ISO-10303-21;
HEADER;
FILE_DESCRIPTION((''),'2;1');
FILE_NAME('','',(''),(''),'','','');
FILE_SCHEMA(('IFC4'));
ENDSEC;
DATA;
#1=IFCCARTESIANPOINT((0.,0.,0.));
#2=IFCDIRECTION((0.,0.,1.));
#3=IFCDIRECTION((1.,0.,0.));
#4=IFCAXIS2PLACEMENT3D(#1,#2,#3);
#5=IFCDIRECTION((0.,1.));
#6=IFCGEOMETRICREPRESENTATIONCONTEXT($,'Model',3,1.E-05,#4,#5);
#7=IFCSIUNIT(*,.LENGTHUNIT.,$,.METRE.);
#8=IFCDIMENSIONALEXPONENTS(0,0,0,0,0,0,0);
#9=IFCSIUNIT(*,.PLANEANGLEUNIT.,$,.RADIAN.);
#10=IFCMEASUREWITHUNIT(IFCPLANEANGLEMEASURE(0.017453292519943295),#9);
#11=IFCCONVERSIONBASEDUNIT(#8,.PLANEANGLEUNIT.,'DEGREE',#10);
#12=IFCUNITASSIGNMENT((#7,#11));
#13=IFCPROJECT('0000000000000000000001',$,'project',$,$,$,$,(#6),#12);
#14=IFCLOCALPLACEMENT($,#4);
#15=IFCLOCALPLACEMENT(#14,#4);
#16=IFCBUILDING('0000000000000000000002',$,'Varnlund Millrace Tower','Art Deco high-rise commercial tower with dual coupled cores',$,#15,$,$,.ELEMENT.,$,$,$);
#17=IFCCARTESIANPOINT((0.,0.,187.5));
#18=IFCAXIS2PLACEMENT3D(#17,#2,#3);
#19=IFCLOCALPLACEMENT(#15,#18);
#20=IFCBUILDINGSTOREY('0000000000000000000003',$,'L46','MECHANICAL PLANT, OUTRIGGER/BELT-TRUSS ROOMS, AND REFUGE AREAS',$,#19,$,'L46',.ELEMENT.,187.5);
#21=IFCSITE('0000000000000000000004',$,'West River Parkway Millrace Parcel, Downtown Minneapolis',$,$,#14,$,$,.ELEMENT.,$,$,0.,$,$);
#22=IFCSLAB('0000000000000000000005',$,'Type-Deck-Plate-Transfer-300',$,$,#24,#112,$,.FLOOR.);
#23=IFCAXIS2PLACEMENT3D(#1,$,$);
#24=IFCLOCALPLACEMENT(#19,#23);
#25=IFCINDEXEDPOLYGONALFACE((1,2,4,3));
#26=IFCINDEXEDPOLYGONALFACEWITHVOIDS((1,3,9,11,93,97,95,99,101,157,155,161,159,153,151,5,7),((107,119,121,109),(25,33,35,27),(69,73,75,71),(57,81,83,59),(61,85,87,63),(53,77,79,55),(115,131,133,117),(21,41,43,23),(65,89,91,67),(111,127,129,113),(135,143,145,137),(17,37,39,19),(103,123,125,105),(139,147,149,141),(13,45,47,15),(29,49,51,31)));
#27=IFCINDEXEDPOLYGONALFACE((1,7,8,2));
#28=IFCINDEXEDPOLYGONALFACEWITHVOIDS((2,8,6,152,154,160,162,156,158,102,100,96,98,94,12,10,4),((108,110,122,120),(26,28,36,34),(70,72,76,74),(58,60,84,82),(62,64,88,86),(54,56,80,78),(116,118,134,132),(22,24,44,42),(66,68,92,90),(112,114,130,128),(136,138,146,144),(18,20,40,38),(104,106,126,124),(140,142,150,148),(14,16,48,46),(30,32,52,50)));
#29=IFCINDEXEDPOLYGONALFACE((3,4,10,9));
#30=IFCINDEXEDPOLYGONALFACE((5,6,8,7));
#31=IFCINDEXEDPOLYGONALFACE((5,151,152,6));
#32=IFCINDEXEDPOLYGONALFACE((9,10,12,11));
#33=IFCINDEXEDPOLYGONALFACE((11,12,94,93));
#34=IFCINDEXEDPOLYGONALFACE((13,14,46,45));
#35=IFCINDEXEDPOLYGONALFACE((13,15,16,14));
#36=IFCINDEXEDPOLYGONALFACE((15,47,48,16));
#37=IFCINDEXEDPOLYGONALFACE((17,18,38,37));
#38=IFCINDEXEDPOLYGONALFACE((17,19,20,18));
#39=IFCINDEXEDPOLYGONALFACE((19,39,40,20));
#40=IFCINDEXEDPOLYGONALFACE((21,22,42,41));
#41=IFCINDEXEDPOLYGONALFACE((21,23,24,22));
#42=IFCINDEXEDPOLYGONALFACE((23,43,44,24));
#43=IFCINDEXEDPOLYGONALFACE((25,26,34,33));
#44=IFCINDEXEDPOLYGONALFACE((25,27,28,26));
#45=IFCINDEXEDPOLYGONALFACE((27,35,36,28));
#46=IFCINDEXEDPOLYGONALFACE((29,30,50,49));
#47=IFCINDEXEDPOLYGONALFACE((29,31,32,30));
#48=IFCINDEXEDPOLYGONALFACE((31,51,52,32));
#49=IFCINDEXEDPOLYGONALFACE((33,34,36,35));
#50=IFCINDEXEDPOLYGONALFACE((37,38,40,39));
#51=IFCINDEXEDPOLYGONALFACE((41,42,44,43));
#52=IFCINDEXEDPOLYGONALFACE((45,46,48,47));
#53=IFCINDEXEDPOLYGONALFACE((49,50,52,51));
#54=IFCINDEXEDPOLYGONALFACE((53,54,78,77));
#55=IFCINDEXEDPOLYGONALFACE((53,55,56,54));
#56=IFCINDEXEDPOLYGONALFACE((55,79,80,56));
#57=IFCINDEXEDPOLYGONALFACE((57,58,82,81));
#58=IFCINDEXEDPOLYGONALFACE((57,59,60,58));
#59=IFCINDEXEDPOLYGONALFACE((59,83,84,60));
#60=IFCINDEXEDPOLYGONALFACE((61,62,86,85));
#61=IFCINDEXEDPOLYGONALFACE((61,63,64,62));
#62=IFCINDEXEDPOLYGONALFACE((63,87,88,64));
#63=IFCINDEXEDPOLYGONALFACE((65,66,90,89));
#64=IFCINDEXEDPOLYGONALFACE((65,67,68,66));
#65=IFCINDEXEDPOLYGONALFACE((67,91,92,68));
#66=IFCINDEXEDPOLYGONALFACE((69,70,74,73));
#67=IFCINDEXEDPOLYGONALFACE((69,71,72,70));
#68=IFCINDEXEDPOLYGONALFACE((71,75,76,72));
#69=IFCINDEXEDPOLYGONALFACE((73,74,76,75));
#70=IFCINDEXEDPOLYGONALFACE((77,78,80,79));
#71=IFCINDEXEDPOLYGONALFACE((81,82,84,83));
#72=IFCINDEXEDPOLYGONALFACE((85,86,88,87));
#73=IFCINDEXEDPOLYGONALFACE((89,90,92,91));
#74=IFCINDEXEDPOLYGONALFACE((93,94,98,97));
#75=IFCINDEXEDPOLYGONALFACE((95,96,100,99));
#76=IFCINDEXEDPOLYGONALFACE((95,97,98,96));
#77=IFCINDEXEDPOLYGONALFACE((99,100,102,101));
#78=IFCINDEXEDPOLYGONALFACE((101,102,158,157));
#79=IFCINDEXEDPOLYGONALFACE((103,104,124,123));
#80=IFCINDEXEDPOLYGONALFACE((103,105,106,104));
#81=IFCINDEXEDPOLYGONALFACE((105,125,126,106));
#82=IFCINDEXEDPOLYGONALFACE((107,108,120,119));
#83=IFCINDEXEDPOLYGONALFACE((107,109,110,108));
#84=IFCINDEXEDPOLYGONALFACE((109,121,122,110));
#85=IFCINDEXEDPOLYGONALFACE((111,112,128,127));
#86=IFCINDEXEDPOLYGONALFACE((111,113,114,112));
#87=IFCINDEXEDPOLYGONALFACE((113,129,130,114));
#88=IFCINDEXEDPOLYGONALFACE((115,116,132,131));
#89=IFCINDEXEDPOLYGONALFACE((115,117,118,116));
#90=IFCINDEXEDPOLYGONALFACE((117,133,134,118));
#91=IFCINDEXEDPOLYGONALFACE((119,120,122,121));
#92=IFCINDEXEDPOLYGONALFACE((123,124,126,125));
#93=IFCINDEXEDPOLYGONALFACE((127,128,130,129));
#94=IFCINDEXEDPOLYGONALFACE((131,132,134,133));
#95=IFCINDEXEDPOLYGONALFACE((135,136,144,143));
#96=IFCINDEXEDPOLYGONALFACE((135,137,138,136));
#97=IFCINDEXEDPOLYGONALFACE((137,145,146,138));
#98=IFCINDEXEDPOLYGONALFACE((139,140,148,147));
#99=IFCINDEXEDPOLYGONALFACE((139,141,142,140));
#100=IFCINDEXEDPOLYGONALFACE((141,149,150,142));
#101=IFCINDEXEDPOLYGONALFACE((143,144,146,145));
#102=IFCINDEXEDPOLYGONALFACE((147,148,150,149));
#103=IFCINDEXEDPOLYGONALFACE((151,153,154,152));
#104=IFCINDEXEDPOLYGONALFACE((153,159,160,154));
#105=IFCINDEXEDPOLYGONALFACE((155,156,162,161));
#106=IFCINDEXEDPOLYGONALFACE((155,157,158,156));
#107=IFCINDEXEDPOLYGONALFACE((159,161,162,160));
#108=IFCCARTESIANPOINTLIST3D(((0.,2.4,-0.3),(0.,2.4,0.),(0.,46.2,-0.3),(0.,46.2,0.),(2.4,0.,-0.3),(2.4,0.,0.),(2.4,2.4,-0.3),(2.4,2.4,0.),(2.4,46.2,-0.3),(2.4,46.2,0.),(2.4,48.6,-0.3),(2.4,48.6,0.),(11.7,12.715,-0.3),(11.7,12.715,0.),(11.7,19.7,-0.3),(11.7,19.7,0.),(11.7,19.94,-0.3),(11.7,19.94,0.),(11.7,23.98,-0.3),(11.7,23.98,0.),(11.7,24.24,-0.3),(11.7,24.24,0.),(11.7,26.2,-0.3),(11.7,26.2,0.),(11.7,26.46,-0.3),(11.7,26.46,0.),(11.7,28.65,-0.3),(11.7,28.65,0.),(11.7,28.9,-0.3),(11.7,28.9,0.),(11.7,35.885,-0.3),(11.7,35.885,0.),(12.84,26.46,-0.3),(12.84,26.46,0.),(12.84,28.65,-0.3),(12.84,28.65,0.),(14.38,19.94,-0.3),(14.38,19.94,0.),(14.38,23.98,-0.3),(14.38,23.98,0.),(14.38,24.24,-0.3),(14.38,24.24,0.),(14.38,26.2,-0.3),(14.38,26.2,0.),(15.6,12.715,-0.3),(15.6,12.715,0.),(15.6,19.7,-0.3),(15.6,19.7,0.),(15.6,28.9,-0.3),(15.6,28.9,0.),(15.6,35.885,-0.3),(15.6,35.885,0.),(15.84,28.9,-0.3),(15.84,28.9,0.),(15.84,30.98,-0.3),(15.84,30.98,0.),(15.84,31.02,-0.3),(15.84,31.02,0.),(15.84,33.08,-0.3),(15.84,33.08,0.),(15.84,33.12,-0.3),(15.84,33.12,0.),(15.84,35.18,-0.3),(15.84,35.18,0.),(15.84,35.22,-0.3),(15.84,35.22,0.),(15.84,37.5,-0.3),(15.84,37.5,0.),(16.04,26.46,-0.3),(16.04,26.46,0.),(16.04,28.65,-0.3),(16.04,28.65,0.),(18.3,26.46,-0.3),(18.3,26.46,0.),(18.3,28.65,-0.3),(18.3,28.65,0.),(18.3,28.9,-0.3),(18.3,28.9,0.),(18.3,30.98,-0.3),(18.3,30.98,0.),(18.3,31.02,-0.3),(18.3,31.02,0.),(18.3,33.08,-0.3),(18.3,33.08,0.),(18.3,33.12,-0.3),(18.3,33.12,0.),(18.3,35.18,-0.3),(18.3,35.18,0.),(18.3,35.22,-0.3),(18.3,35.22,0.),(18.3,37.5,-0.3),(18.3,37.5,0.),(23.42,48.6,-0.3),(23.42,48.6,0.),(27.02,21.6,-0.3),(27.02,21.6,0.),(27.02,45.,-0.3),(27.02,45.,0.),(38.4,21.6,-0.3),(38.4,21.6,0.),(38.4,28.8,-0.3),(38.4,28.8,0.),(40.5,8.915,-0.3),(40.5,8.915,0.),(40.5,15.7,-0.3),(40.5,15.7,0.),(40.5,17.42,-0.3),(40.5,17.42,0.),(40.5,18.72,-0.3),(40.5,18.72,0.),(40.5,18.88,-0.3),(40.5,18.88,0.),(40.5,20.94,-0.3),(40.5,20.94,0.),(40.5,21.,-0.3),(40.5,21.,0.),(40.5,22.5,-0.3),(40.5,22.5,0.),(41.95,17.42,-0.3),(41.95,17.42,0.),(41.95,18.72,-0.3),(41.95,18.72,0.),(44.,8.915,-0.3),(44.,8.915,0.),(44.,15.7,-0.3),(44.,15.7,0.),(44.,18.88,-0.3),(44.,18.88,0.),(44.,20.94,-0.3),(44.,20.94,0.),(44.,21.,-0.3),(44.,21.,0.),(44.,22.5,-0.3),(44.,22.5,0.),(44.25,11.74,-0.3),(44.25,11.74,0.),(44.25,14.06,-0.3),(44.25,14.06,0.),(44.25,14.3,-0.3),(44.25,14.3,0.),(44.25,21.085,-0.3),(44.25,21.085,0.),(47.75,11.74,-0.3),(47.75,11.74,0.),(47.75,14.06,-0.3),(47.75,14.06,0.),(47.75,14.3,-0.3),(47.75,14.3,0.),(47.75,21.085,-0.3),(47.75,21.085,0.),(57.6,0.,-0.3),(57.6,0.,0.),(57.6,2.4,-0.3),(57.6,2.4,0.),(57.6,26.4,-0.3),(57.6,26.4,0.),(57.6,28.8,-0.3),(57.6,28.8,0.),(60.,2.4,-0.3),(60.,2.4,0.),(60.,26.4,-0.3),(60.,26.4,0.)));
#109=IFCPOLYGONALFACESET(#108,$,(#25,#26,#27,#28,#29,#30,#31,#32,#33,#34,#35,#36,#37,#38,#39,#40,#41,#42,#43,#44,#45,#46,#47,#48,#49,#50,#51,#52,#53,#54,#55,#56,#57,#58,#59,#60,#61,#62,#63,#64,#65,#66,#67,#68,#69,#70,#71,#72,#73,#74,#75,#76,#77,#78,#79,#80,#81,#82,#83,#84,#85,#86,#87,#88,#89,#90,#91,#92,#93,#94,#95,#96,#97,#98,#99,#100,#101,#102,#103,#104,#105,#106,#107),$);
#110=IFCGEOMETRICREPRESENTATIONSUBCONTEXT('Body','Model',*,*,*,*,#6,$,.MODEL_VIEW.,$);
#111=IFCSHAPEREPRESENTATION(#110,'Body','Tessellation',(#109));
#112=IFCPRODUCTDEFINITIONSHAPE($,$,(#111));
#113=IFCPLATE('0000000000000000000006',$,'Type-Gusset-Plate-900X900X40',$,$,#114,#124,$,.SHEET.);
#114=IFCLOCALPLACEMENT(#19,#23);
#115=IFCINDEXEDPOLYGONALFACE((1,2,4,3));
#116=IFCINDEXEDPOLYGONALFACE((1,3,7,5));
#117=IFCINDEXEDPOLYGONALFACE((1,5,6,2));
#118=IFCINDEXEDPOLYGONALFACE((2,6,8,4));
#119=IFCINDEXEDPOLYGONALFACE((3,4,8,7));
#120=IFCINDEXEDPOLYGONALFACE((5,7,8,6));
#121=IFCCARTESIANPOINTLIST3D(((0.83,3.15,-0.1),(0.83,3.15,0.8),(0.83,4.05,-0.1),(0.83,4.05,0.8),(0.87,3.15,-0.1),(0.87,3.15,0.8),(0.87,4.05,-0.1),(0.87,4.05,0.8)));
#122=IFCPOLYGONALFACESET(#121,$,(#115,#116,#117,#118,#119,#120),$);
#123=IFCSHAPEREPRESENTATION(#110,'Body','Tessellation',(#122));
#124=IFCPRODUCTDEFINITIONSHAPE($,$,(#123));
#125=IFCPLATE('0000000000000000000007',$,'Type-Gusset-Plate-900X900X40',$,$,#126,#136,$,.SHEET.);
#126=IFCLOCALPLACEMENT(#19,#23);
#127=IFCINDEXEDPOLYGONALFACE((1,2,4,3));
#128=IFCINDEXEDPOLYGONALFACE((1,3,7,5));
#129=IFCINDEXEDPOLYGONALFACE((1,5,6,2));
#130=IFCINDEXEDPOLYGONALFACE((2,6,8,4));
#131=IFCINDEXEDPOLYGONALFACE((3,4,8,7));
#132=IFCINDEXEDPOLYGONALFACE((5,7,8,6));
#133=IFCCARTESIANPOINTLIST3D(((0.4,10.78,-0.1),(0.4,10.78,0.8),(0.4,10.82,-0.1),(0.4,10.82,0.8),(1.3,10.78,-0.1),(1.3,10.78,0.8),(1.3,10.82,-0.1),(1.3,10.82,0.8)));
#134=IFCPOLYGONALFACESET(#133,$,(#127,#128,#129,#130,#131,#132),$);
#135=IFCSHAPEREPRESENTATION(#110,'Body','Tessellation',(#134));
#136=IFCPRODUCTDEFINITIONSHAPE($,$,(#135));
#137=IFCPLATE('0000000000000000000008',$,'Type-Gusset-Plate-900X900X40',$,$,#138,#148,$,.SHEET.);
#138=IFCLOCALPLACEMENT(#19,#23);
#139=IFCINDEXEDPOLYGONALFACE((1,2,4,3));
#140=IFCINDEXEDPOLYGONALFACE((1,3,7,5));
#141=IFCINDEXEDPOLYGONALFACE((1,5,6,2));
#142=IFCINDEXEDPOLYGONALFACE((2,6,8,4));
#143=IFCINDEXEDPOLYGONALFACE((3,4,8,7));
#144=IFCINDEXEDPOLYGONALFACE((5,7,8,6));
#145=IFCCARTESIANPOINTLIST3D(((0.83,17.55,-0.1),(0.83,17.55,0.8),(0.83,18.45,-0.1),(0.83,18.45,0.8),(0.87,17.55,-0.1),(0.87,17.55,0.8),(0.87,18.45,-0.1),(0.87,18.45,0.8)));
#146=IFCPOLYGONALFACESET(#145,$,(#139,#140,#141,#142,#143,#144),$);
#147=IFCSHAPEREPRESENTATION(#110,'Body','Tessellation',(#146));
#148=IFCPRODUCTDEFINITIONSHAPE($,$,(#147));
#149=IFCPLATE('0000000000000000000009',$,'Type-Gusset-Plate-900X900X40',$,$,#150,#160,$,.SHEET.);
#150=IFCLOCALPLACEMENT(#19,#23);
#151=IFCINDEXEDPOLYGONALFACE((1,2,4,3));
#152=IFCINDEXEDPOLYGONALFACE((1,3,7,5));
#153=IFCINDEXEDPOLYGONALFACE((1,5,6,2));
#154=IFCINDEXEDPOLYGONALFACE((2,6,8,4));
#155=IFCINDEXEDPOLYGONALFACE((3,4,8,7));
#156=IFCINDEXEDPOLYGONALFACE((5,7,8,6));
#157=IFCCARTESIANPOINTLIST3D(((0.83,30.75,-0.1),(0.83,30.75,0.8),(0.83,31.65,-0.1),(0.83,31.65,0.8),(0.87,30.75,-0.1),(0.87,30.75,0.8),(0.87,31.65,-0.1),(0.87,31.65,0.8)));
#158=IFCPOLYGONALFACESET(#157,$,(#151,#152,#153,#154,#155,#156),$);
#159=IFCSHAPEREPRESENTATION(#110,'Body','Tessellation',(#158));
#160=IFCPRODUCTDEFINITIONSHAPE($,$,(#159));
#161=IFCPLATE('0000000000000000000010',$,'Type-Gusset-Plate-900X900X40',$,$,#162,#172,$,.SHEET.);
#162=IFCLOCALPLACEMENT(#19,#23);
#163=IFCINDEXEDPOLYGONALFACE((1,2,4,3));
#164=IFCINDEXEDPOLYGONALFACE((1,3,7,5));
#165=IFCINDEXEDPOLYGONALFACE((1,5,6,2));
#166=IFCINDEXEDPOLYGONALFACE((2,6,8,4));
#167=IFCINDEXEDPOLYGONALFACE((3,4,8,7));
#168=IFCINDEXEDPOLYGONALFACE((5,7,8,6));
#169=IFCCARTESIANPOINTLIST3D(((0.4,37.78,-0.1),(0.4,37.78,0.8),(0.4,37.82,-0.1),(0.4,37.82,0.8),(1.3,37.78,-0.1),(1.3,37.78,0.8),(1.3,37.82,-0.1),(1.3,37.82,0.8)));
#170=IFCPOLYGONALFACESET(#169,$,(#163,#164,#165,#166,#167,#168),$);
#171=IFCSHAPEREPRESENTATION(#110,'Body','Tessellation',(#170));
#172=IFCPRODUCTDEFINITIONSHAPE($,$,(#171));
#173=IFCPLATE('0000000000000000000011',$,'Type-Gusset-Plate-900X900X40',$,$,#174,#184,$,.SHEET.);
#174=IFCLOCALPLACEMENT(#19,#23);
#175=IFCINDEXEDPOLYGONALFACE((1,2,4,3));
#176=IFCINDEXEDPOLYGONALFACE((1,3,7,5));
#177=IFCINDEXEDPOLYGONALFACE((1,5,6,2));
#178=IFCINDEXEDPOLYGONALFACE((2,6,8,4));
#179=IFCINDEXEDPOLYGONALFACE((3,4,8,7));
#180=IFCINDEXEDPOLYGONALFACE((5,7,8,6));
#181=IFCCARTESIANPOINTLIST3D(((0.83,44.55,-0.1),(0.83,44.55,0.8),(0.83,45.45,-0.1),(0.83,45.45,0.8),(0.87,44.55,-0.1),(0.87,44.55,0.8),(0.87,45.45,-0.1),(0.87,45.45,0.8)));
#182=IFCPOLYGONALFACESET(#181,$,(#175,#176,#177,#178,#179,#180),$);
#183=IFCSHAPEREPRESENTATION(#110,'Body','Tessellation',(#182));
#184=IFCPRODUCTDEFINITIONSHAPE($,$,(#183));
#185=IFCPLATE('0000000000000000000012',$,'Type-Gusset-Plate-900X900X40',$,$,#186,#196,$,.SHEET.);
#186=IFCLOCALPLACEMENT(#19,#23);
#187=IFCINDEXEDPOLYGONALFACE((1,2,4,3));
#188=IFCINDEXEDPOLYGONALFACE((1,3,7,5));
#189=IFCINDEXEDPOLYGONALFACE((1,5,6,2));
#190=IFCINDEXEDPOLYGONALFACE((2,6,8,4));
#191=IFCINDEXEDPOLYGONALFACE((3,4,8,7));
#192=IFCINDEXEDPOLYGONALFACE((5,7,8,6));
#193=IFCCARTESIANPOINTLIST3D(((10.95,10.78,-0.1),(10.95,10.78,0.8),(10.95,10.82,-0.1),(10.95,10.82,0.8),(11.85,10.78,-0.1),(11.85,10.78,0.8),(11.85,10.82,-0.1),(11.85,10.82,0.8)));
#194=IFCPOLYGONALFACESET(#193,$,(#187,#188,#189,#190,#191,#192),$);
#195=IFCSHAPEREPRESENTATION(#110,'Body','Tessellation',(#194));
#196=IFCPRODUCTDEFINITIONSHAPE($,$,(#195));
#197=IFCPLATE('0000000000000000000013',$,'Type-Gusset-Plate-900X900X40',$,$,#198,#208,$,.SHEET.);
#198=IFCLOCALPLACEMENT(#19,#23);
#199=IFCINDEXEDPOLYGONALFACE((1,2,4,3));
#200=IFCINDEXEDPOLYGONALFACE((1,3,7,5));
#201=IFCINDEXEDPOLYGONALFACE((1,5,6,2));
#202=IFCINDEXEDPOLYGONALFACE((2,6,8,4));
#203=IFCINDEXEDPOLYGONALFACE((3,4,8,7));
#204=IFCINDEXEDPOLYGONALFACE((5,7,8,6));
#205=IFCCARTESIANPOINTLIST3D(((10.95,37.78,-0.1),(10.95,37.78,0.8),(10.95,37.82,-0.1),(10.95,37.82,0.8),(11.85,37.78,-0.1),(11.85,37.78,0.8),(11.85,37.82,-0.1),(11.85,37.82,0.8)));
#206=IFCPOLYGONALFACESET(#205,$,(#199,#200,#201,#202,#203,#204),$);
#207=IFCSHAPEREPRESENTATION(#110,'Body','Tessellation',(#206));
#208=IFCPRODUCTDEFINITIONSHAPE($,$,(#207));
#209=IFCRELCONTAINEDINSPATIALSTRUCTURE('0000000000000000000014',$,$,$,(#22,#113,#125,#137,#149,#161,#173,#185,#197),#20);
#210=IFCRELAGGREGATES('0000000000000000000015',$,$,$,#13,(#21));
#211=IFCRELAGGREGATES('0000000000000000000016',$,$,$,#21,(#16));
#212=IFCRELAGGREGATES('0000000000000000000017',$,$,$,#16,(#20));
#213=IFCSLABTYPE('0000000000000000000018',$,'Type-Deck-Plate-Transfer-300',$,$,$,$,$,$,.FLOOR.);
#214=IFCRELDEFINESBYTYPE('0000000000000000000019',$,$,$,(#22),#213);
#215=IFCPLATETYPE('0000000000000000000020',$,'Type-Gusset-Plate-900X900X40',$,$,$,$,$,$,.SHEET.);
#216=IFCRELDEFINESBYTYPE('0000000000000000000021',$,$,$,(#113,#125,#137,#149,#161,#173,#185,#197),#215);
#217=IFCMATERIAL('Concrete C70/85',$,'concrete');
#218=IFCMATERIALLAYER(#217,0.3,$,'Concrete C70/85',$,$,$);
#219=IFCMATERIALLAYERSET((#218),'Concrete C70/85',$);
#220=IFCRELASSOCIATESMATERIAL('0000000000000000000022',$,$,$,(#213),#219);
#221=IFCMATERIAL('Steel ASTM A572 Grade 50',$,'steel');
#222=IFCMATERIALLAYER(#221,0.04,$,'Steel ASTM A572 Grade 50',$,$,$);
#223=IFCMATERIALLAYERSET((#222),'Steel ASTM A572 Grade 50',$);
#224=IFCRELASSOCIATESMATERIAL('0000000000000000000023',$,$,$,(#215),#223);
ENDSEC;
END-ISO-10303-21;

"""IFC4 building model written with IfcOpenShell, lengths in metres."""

from ifc_helpers import new_model, entity, si_unit, converted_unit, direction, frame, origin_with_axes, origin_2d_with_axis, place, context, subcontext, project, spatial, polyline, rectangle, outline, extrude, material, layer, layer_set, type_object, element, save


model = new_model("IFC4")

# Units and contexts
model_context = context("Model", 3, precision=1e-05, world=origin_with_axes(), true_north=direction((0.0, 1.0)))
body_context = subcontext(model_context, "Body", "Model", "MODEL_VIEW")
ifc_project = project(units=[si_unit("LENGTHUNIT", "METRE"), converted_unit("PLANEANGLEUNIT", "DEGREE", entity("IfcPlaneAngleMeasure", 0.017453292519943295), si_unit("PLANEANGLEUNIT", "RADIAN"), dimensions=[0, 0, 0, 0, 0, 0, 0])], contexts=[model_context])

# Site, building, storey
site_placement = place(None, origin_with_axes())
site = spatial("IfcSite", under=ifc_project, at=site_placement, Name="West River Parkway Millrace Parcel, Downtown Minneapolis", CompositionType="ELEMENT", RefElevation=0.0)
building_placement = place(site_placement, origin_with_axes())
building = spatial("IfcBuilding", under=site, at=building_placement, Name="Varnlund Millrace Tower", Description="Art Deco high-rise commercial tower with dual coupled cores", CompositionType="ELEMENT")
storey_placement = place(building_placement, frame((0.0, 0.0, 187.5), z_axis=(0.0, 0.0, 1.0), x_axis=(1.0, 0.0, 0.0)))
storey = spatial("IfcBuildingStorey", under=building, at=storey_placement, Name="L46", Description="MECHANICAL PLANT, OUTRIGGER/BELT-TRUSS ROOMS, AND REFUGE AREAS", LongName="L46", CompositionType="ELEMENT", Elevation=187.5)

# Slab
ifc_material_1 = material(Name="Concrete C70/85", Category="concrete")
ifc_layer_1 = layer(ifc_material_1, 0.3, Name="Concrete C70/85")
ifc_layer_set_1 = layer_set([ifc_layer_1], Name="Concrete C70/85")
slab_type = type_object("IfcSlabType", Name="Type-Deck-Plate-Transfer-300", PredefinedType="FLOOR", material=ifc_layer_set_1)
slab_placement = place(storey_placement, frame((0.0, 0.0, -0.3), z_axis=(0.0, 0.0, 1.0), x_axis=(1.0, 0.0, 0.0)))
element("IfcSlab", 1, at=slab_placement, inside=storey, type_object=slab_type, Name="Type-Deck-Plate-Transfer-300", PredefinedType="FLOOR", context=body_context, shape_type="SweptSolid", body=[
    extrude(outline(polyline([(27.02, 21.6), (27.02, 45.0), (23.42, 48.6), (2.4, 48.6), (2.4, 46.2), (0.0, 46.2), (0.0, 2.4), (2.4, 2.4), (2.4, 0.0), (57.6, 0.0), (57.6, 2.4), (60.0, 2.4), (60.0, 26.4), (57.6, 26.4), (57.6, 28.8), (38.4, 28.8), (38.4, 21.6), (27.02, 21.6)]), holes=[polyline([(15.6, 12.715), (11.7, 12.715), (11.7, 19.7), (15.6, 19.7), (15.6, 12.715)]), polyline([(14.38, 23.98), (14.38, 19.94), (11.7, 19.94), (11.7, 23.98), (14.38, 23.98)]), polyline([(14.38, 24.24), (11.7, 24.24), (11.7, 26.2), (14.38, 26.2), (14.38, 24.24)]), polyline([(12.84, 26.46), (11.7, 26.46), (11.7, 28.65), (12.84, 28.65), (12.84, 26.46)]), polyline([(18.3, 28.9), (15.84, 28.9), (15.84, 30.98), (18.3, 30.98), (18.3, 28.9)]), polyline([(18.3, 31.02), (15.84, 31.02), (15.84, 33.08), (18.3, 33.08), (18.3, 31.02)]), polyline([(15.6, 28.9), (11.7, 28.9), (11.7, 35.885), (15.6, 35.885), (15.6, 28.9)]), polyline([(18.3, 33.12), (15.84, 33.12), (15.84, 35.18), (18.3, 35.18), (18.3, 33.12)]), polyline([(44.0, 8.915), (40.5, 8.915), (40.5, 15.7), (44.0, 15.7), (44.0, 8.915)]), polyline([(47.75, 11.74), (44.25, 11.74), (44.25, 14.06), (47.75, 14.06), (47.75, 11.74)]), polyline([(47.75, 14.3), (44.25, 14.3), (44.25, 21.085), (47.75, 21.085), (47.75, 14.3)]), polyline([(41.95, 17.42), (40.5, 17.42), (40.5, 18.72), (41.95, 18.72), (41.95, 17.42)]), polyline([(44.0, 18.88), (40.5, 18.88), (40.5, 20.94), (44.0, 20.94), (44.0, 18.88)]), polyline([(44.0, 21.0), (40.5, 21.0), (40.5, 22.5), (44.0, 22.5), (44.0, 21.0)]), polyline([(16.04, 26.46), (16.04, 28.65), (18.3, 28.65), (18.3, 26.46), (16.04, 26.46)]), polyline([(15.84, 35.22), (15.84, 37.5), (18.3, 37.5), (18.3, 35.22), (15.84, 35.22)])]), origin_with_axes(), (0.0, 0.0, 1.0), 0.3),
])

# Plates
ifc_material_2 = material(Name="Steel ASTM A572 Grade 50", Category="steel")
ifc_layer_2 = layer(ifc_material_2, 0.04, Name="Steel ASTM A572 Grade 50")
ifc_layer_set_2 = layer_set([ifc_layer_2], Name="Steel ASTM A572 Grade 50")
plate_type = type_object("IfcPlateType", Name="Type-Gusset-Plate-900X900X40", PredefinedType="SHEET", material=ifc_layer_set_2)
for number, where, z_axis, x_axis, name in (
    (2, (0.85, 3.6, -0.1), (0.0, 0.0, 1.0), (0.0, 1.0, 0.0), "Type-Gusset-Plate-900X900X40"),
    (3, (0.85, 10.8, -0.1), (0.0, 0.0, 1.0), (1.0, 0.0, 0.0), "Type-Gusset-Plate-900X900X40"),
    (4, (0.85, 18.0, -0.1), (0.0, 0.0, 1.0), (0.0, 1.0, 0.0), "Type-Gusset-Plate-900X900X40"),
    (5, (0.85, 31.2, -0.1), (0.0, 0.0, 1.0), (0.0, 1.0, 0.0), "Type-Gusset-Plate-900X900X40"),
    (6, (0.85, 37.8, -0.1), (0.0, 0.0, 1.0), (1.0, 0.0, 0.0), "Type-Gusset-Plate-900X900X40"),
    (7, (0.85, 45.0, -0.1), (0.0, 0.0, 1.0), (0.0, 1.0, 0.0), "Type-Gusset-Plate-900X900X40"),
    (8, (11.4, 10.8, -0.1), (0.0, 0.0, 1.0), (1.0, 0.0, 0.0), "Type-Gusset-Plate-900X900X40"),
    (9, (11.4, 37.8, -0.1), (0.0, 0.0, 1.0), (1.0, 0.0, 0.0), "Type-Gusset-Plate-900X900X40"),
):
    element("IfcPlate", number, at=place(storey_placement, frame(where, z_axis=z_axis, x_axis=x_axis)), inside=storey, type_object=plate_type, Name=name, PredefinedType="SHEET", context=body_context, shape_type="SweptSolid", body=[
        extrude(rectangle(XDim=0.9, YDim=0.04, at=origin_2d_with_axis()), origin_with_axes(), (0.0, 0.0, 1.0), 0.9),
    ])

save(model, "model.ifc")
